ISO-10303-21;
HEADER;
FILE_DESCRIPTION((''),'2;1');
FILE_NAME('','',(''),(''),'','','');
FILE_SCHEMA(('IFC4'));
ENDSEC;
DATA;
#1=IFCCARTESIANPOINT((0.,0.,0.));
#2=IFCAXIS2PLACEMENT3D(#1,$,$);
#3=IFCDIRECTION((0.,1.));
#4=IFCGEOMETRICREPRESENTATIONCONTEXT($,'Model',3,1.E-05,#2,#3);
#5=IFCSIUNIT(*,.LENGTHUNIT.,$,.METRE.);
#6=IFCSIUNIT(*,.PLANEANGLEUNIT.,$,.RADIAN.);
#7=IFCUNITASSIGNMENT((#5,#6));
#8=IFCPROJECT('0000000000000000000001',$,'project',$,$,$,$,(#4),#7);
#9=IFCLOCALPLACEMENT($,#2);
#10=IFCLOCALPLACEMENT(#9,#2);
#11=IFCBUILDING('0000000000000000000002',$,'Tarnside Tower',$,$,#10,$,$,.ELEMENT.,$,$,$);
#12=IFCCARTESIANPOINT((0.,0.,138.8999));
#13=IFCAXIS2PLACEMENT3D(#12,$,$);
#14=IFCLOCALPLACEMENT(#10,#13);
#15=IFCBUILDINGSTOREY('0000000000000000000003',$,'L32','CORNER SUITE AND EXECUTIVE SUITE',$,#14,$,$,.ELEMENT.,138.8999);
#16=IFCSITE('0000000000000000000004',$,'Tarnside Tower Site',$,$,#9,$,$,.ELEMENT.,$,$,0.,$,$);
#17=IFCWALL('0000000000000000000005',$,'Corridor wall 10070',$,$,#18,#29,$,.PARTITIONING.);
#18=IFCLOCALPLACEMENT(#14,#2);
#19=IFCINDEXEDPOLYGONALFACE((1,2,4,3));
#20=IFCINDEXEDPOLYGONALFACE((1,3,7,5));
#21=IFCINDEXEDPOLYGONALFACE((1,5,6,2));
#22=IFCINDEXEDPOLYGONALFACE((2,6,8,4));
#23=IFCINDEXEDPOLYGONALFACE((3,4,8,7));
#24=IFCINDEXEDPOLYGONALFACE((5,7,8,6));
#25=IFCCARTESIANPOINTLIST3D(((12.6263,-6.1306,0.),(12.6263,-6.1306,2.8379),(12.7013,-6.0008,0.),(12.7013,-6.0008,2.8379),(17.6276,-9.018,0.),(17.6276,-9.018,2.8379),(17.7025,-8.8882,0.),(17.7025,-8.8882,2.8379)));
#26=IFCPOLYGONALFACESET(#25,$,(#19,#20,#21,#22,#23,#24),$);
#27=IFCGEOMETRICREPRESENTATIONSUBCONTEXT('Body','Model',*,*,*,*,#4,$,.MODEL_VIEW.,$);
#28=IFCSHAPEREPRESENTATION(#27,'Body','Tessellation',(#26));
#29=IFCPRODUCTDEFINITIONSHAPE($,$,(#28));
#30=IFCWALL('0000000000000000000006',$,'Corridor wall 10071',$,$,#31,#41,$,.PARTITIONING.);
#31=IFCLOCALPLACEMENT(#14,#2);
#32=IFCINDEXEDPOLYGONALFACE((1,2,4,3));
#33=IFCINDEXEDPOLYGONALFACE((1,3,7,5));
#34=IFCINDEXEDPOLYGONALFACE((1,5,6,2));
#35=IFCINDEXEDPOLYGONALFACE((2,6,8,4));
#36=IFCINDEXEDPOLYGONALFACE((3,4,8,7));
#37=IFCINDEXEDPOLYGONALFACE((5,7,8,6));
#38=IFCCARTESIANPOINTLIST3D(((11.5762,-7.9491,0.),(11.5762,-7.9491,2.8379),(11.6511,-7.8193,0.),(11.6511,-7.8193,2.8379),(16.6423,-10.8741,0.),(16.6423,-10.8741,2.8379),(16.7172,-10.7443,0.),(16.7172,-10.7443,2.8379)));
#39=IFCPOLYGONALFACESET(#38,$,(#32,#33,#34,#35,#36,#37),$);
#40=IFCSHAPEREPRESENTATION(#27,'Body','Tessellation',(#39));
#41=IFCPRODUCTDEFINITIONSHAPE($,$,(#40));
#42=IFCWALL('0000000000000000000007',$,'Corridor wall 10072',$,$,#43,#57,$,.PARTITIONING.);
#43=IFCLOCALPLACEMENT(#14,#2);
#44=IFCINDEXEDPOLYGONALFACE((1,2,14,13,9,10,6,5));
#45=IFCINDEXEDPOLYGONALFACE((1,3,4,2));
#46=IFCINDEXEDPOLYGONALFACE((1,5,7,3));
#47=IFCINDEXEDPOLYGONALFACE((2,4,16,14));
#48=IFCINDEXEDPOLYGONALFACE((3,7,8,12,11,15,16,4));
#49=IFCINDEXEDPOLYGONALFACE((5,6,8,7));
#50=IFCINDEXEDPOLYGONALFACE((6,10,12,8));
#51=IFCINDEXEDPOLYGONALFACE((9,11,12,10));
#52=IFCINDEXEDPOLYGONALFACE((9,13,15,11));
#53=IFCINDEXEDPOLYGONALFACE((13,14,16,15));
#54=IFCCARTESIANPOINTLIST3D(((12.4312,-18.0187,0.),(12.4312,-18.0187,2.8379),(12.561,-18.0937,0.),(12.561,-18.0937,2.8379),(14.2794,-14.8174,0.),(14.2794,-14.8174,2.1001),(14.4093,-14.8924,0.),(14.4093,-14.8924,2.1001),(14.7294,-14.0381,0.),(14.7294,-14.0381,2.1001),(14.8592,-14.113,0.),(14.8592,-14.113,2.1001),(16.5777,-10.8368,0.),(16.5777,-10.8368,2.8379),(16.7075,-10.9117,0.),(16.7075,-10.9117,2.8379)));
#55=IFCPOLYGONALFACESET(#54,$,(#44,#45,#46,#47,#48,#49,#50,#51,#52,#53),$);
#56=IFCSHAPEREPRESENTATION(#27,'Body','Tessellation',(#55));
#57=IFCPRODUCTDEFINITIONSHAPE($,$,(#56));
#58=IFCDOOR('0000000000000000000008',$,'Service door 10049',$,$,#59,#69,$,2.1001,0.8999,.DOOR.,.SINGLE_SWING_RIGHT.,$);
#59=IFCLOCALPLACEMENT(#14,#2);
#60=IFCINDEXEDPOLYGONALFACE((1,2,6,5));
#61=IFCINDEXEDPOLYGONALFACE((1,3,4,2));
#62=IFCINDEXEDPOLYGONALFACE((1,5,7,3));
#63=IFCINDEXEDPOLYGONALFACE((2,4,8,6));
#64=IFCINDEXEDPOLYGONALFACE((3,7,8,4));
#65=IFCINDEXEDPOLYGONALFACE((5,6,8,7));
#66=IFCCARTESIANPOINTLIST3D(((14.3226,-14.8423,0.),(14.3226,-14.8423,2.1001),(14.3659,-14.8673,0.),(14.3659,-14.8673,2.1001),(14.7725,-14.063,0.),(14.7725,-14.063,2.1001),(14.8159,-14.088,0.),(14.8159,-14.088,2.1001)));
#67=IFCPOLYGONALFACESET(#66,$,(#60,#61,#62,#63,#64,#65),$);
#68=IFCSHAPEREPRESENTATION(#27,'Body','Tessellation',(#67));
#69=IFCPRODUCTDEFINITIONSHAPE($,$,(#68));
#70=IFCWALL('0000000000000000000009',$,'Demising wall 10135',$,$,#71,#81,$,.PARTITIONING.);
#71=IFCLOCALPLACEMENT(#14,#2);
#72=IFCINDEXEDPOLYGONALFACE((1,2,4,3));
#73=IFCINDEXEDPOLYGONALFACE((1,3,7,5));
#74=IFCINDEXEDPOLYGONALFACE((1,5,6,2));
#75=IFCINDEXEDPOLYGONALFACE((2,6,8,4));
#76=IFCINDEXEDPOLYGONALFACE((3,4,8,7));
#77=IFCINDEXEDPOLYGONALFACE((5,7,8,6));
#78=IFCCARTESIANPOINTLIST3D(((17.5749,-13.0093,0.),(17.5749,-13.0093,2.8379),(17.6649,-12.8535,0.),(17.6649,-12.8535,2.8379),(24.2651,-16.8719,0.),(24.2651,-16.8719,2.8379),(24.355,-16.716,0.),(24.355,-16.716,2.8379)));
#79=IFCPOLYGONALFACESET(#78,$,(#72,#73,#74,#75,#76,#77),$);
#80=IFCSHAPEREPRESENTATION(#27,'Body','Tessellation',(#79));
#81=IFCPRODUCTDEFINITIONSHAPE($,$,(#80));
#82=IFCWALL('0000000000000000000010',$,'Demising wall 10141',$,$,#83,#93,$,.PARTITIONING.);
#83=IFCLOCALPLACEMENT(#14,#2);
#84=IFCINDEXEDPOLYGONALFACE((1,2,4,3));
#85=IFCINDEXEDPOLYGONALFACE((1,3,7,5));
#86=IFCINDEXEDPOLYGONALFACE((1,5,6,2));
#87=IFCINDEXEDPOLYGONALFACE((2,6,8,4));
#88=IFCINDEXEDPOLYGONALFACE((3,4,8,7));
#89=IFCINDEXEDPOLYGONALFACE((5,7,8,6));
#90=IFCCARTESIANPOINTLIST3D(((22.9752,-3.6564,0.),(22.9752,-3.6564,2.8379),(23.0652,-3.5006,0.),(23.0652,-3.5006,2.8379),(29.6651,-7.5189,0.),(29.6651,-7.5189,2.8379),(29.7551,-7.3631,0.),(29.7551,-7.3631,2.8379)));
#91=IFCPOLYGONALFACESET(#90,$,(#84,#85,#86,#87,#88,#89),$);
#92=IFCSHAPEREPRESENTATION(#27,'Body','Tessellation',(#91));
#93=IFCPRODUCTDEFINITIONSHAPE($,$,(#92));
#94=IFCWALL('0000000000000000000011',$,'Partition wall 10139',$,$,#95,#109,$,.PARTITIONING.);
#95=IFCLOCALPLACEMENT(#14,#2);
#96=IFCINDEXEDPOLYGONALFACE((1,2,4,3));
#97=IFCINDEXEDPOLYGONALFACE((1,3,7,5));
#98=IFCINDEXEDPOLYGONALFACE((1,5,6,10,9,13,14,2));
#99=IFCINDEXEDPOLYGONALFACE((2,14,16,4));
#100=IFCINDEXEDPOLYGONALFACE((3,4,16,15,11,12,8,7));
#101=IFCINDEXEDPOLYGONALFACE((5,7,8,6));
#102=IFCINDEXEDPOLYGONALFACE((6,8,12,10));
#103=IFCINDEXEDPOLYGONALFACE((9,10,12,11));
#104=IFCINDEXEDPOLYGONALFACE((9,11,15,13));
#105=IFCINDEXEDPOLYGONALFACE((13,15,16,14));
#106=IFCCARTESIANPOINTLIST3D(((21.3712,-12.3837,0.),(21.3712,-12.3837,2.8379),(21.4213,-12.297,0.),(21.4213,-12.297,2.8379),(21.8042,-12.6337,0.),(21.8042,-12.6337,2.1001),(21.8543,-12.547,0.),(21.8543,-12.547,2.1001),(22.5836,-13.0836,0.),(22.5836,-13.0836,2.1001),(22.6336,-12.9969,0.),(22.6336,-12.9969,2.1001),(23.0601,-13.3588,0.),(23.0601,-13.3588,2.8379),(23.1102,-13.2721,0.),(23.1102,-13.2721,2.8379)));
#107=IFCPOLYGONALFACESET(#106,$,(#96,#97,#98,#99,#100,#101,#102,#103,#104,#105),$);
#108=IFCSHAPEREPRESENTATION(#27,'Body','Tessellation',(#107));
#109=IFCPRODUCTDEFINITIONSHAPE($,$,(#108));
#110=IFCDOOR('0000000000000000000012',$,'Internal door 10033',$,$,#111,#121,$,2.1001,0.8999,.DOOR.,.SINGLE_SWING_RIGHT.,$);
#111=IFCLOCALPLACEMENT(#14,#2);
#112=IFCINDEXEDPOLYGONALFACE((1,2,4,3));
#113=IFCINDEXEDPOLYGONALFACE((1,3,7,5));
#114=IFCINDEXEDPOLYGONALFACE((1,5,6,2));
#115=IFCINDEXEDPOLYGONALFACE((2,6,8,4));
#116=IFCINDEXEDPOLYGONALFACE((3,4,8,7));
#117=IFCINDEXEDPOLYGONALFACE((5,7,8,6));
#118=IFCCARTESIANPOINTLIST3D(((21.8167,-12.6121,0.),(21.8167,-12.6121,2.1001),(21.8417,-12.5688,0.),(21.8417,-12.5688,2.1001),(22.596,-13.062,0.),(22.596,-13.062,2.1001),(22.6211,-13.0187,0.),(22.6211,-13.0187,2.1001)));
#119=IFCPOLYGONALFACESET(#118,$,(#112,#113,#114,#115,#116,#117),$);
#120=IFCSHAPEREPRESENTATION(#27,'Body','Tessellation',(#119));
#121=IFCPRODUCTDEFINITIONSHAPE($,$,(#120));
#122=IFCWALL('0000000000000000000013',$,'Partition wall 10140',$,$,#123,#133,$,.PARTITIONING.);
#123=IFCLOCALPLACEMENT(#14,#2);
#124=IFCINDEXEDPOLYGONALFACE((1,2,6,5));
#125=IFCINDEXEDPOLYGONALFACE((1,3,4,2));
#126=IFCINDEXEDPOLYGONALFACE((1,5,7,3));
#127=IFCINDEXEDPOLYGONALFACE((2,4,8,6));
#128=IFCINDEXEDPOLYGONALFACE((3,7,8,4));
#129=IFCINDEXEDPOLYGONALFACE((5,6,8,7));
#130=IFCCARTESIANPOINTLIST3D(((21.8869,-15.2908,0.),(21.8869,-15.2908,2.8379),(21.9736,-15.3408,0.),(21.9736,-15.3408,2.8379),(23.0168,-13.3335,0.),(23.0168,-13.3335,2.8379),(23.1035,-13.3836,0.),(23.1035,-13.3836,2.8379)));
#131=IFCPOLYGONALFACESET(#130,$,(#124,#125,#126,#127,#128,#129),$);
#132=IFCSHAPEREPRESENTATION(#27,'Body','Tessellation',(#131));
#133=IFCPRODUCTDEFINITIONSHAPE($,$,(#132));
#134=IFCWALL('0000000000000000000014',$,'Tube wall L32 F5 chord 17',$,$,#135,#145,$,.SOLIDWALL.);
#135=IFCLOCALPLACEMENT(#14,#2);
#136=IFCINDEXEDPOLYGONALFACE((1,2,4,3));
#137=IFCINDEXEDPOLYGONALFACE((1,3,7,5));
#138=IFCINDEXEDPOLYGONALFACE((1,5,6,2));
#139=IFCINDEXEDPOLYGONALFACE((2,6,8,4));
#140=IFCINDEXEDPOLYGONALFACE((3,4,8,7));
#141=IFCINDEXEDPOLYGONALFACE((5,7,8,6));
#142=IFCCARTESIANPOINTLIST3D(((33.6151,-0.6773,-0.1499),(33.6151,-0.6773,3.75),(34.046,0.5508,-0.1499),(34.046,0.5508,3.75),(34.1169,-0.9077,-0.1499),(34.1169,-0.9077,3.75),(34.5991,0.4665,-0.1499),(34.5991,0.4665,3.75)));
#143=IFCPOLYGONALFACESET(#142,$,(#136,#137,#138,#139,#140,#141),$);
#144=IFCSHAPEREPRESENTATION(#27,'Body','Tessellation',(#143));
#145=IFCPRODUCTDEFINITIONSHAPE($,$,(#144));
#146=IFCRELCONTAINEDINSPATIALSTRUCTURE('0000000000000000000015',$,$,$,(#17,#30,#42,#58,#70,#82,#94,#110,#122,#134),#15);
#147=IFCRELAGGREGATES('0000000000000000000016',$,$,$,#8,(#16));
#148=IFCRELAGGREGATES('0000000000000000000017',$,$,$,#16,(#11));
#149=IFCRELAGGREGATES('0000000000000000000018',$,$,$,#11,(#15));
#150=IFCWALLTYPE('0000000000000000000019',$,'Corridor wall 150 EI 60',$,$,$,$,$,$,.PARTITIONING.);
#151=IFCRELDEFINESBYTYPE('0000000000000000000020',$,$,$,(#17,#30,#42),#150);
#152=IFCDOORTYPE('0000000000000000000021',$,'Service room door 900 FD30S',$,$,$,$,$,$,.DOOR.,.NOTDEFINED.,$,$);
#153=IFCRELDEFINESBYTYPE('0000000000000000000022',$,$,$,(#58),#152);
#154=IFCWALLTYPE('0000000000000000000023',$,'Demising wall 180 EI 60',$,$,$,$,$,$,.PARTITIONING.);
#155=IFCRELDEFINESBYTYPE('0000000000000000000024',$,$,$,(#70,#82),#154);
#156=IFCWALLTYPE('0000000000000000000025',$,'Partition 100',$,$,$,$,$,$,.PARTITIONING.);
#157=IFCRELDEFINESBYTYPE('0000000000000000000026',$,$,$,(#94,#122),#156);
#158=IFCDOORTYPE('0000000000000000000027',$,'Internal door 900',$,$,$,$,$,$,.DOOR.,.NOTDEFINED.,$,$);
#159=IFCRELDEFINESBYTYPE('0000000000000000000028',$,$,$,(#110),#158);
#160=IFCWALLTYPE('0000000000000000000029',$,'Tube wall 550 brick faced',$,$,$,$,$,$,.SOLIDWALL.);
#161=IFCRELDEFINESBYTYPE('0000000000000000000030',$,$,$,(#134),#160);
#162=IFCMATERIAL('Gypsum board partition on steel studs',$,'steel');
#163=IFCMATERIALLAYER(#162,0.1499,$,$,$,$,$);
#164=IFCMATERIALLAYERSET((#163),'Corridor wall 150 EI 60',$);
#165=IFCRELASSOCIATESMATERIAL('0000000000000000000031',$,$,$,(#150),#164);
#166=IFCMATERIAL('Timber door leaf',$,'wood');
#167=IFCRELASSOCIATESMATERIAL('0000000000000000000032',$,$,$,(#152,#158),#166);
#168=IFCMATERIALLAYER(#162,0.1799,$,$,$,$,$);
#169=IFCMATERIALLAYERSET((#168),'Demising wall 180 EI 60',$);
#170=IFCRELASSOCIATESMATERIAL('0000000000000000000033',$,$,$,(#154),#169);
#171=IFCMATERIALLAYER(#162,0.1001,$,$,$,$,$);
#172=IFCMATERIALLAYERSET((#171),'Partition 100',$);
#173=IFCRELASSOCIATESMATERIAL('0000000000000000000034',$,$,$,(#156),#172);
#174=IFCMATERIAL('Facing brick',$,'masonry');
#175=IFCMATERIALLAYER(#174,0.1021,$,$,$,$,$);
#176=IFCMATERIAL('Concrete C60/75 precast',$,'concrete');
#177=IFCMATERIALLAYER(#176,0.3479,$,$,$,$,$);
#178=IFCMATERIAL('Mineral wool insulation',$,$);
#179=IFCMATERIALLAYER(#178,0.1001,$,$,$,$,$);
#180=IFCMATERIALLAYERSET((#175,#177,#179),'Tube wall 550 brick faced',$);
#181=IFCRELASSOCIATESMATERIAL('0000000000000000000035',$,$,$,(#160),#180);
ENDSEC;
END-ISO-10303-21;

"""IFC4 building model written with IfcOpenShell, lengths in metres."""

from ifc_helpers import new_model, si_unit, direction, frame, frame_2d, origin, place, context, subcontext, project, spatial, polyline, rectangle, outline, extrude, material, layer, layer_set, type_object, element, fill, save


model = new_model("IFC4")

# Units and contexts
model_context = context("Model", 3, precision=1e-05, world=origin(), true_north=direction((0.0, 1.0)))
body_context = subcontext(model_context, "Body", "Model", "MODEL_VIEW")
ifc_project = project(units=[si_unit("LENGTHUNIT", "METRE"), si_unit("PLANEANGLEUNIT", "RADIAN")], contexts=[model_context])

# Site, building, storey
site_placement = place(None, origin())
site = spatial("IfcSite", under=ifc_project, at=site_placement, Name="Tarnside Tower Site", CompositionType="ELEMENT", RefElevation=0.0)
building_placement = place(site_placement, origin())
building = spatial("IfcBuilding", under=site, at=building_placement, Name="Tarnside Tower", CompositionType="ELEMENT")
storey_placement = place(building_placement, frame((0.0, 0.0, 138.8999)))
storey = spatial("IfcBuildingStorey", under=building, at=storey_placement, Name="L32", Description="CORNER SUITE AND EXECUTIVE SUITE", CompositionType="ELEMENT", Elevation=138.8999)

# Shared definitions
ifc_material_1 = material(Name="Gypsum board partition on steel studs", Category="steel")
ifc_material_2 = material(Name="Timber door leaf", Category="wood")

# Walls
ifc_layer_1 = layer(ifc_material_1, 0.1499)
ifc_layer_set_1 = layer_set([ifc_layer_1], Name="Corridor wall 150 EI 60")
wall_type_1 = type_object("IfcWallType", Name="Corridor wall 150 EI 60", PredefinedType="PARTITIONING", material=ifc_layer_set_1)
wall_1_placement = place(storey_placement, frame((17.665, -8.9531, 0.0), z_axis=(0.0, 0.0, 1.0), x_axis=(-0.866026, 0.499999, 0.0)))
element("IfcWall", 1, at=wall_1_placement, inside=storey, type_object=wall_type_1, Name="Corridor wall 10070", PredefinedType="PARTITIONING", context=body_context, shape_type="SweptSolid", body=[
    extrude(rectangle(XDim=5.7749, YDim=0.1499, at=frame_2d((2.8875, 0.0))), origin(), (0.0, 0.0, 1.0), 2.8379),
])
wall_2_placement = place(storey_placement, frame((11.6138, -7.8843, 0.0), z_axis=(0.0, 0.0, 1.0), x_axis=(0.866018, -0.500013, 0.0)))
element("IfcWall", 2, at=wall_2_placement, inside=storey, type_object=wall_type_1, Name="Corridor wall 10071", PredefinedType="PARTITIONING", context=body_context, shape_type="SweptSolid", body=[
    extrude(rectangle(XDim=5.8499, YDim=0.1499, at=frame_2d((2.9248, 0.0))), origin(), (0.0, 0.0, 1.0), 2.8379),
])

# Wall, opening, door
wall_3_placement = place(storey_placement, frame((16.6426, -10.8743, 0.0), z_axis=(0.0, 0.0, 1.0), x_axis=(-0.500002, -0.866024, 0.0)))
wall_3 = element("IfcWall", 3, at=wall_3_placement, inside=storey, type_object=wall_type_1, Name="Corridor wall 10072", PredefinedType="PARTITIONING", context=body_context, shape_type="SweptSolid", body=[
    extrude(rectangle(XDim=8.293, YDim=0.1499, at=frame_2d((4.1465, 0.0))), origin(), (0.0, 0.0, 1.0), 2.8379),
])
opening_1_placement = place(wall_3_placement, frame((3.6965, 0.0, 0.0)))
opening_1 = element("IfcOpeningElement", 4, at=opening_1_placement, cuts=wall_3, PredefinedType="OPENING", context=body_context, shape_type="SweptSolid", body=[
    extrude(rectangle(XDim=0.8999, YDim=2.1001, at=frame_2d((0.45, 1.05))), frame((0.0, 0.085, 0.0), z_axis=(0.0, -1.0, 0.0), x_axis=(1.0, 0.0, 0.0)), (0.0, 0.0, 1.0), 0.1699),
])
door_type_1 = type_object("IfcDoorType", Name="Service room door 900 FD30S", OperationType="NOTDEFINED", PredefinedType="DOOR", material=ifc_material_2)
door_1_placement = place(opening_1_placement, origin())
door_1 = element("IfcDoor", 5, at=door_1_placement, inside=storey, type_object=door_type_1, Name="Service door 10049", OperationType="SINGLE_SWING_RIGHT", OverallHeight=2.1001, OverallWidth=0.8999, PredefinedType="DOOR", context=body_context, shape_type="SweptSolid", body=[
    extrude(rectangle(XDim=0.8999, YDim=2.1001, at=frame_2d((0.45, 1.05))), frame((0.0, 0.0249, 0.0), z_axis=(0.0, -1.0, 0.0), x_axis=(1.0, 0.0, 0.0)), (0.0, 0.0, 1.0), 0.05),
])
fill(opening_1, door_1)

# Walls
ifc_layer_2 = layer(ifc_material_1, 0.1799)
ifc_layer_set_2 = layer_set([ifc_layer_2], Name="Demising wall 180 EI 60")
wall_type_2 = type_object("IfcWallType", Name="Demising wall 180 EI 60", PredefinedType="PARTITIONING", material=ifc_layer_set_2)
wall_4_placement = place(storey_placement, frame((24.3101, -16.7939, 0.0), z_axis=(0.0, 0.0, 1.0), x_axis=(-0.866027, 0.499997, 0.0)))
element("IfcWall", 6, at=wall_4_placement, inside=storey, type_object=wall_type_2, Name="Demising wall 10135", PredefinedType="PARTITIONING", context=body_context, shape_type="SweptSolid", body=[
    extrude(rectangle(XDim=7.7251, YDim=0.1799, at=frame_2d((3.8625, 0.0))), origin(), (0.0, 0.0, 1.0), 2.8379),
])
wall_5_placement = place(storey_placement, frame((29.71, -7.4409, 0.0), z_axis=(0.0, 0.0, 1.0), x_axis=(-0.866019, 0.500011, 0.0)))
element("IfcWall", 7, at=wall_5_placement, inside=storey, type_object=wall_type_2, Name="Demising wall 10141", PredefinedType="PARTITIONING", context=body_context, shape_type="SweptSolid", body=[
    extrude(rectangle(XDim=7.7249, YDim=0.1799, at=frame_2d((3.8623, 0.0))), origin(), (0.0, 0.0, 1.0), 2.8379),
])

# Wall, opening, door
ifc_layer_3 = layer(ifc_material_1, 0.1001)
ifc_layer_set_3 = layer_set([ifc_layer_3], Name="Partition 100")
wall_type_3 = type_object("IfcWallType", Name="Partition 100", PredefinedType="PARTITIONING", material=ifc_layer_set_3)
wall_6_placement = place(storey_placement, frame((21.3962, -12.3403, 0.0), z_axis=(0.0, 0.0, 1.0), x_axis=(0.866031, -0.49999, 0.0)))
wall_6 = element("IfcWall", 8, at=wall_6_placement, inside=storey, type_object=wall_type_3, Name="Partition wall 10139", PredefinedType="PARTITIONING", context=body_context, shape_type="SweptSolid", body=[
    extrude(rectangle(XDim=1.9502, YDim=0.1001, at=frame_2d((0.9751, 0.0))), origin(), (0.0, 0.0, 1.0), 2.8379),
])
opening_2_placement = place(wall_6_placement, frame((0.5, 0.0, 0.0)))
opening_2 = element("IfcOpeningElement", 9, at=opening_2_placement, cuts=wall_6, PredefinedType="OPENING", context=body_context, shape_type="SweptSolid", body=[
    extrude(rectangle(XDim=0.8999, YDim=2.1001, at=frame_2d((0.45, 1.05))), frame((0.0, 0.0601, 0.0), z_axis=(0.0, -1.0, 0.0), x_axis=(1.0, 0.0, 0.0)), (0.0, 0.0, 1.0), 0.1201),
])
door_type_2 = type_object("IfcDoorType", Name="Internal door 900", OperationType="NOTDEFINED", PredefinedType="DOOR", material=ifc_material_2)
door_2_placement = place(opening_2_placement, origin())
door_2 = element("IfcDoor", 10, at=door_2_placement, inside=storey, type_object=door_type_2, Name="Internal door 10033", OperationType="SINGLE_SWING_RIGHT", OverallHeight=2.1001, OverallWidth=0.8999, PredefinedType="DOOR", context=body_context, shape_type="SweptSolid", body=[
    extrude(rectangle(XDim=0.8999, YDim=2.1001, at=frame_2d((0.45, 1.05))), frame((0.0, 0.0249, 0.0), z_axis=(0.0, -1.0, 0.0), x_axis=(1.0, 0.0, 0.0)), (0.0, 0.0, 1.0), 0.05),
])
fill(opening_2, door_2)

# Walls
wall_7_placement = place(storey_placement, frame((23.0601, -13.3586, 0.0), z_axis=(0.0, 0.0, 1.0), x_axis=(-0.49995, -0.866054, 0.0)))
element("IfcWall", 11, at=wall_7_placement, inside=storey, type_object=wall_type_3, Name="Partition wall 10140", PredefinedType="PARTITIONING", context=body_context, shape_type="SweptSolid", body=[
    extrude(rectangle(XDim=2.26, YDim=0.1001, at=frame_2d((1.1299, 0.0))), origin(), (0.0, 0.0, 1.0), 2.8379),
])
ifc_material_3 = material(Name="Facing brick", Category="masonry")
ifc_layer_4 = layer(ifc_material_3, 0.1021)
ifc_material_4 = material(Name="Concrete C60/75 precast", Category="concrete")
ifc_layer_5 = layer(ifc_material_4, 0.3479)
ifc_material_5 = material(Name="Mineral wool insulation")
ifc_layer_6 = layer(ifc_material_5, 0.1001)
ifc_layer_set_4 = layer_set([ifc_layer_4, ifc_layer_5, ifc_layer_6], Name="Tube wall 550 brick faced")
wall_type_4 = type_object("IfcWallType", Name="Tube wall 550 brick faced", PredefinedType="SOLIDWALL", material=ifc_layer_set_4)
wall_8_placement = place(storey_placement, frame((33.866, -0.7925, -0.1499), z_axis=(0.0, 0.0, 1.0), x_axis=(0.331115, 0.94359, 0.0)))
element("IfcWall", 12, at=wall_8_placement, inside=storey, type_object=wall_type_4, Name="Tube wall L32 F5 chord 17", PredefinedType="SOLIDWALL", context=body_context, shape_type="SweptSolid", body=[
    extrude(outline(polyline([(-0.0256, -0.2749), (1.4307, -0.2749), (1.3271, 0.2749), (0.0256, 0.2749), (-0.0256, -0.2749)])), origin(), (0.0, 0.0, 1.0), 3.8999),
])

save(model, "model.ifc")
